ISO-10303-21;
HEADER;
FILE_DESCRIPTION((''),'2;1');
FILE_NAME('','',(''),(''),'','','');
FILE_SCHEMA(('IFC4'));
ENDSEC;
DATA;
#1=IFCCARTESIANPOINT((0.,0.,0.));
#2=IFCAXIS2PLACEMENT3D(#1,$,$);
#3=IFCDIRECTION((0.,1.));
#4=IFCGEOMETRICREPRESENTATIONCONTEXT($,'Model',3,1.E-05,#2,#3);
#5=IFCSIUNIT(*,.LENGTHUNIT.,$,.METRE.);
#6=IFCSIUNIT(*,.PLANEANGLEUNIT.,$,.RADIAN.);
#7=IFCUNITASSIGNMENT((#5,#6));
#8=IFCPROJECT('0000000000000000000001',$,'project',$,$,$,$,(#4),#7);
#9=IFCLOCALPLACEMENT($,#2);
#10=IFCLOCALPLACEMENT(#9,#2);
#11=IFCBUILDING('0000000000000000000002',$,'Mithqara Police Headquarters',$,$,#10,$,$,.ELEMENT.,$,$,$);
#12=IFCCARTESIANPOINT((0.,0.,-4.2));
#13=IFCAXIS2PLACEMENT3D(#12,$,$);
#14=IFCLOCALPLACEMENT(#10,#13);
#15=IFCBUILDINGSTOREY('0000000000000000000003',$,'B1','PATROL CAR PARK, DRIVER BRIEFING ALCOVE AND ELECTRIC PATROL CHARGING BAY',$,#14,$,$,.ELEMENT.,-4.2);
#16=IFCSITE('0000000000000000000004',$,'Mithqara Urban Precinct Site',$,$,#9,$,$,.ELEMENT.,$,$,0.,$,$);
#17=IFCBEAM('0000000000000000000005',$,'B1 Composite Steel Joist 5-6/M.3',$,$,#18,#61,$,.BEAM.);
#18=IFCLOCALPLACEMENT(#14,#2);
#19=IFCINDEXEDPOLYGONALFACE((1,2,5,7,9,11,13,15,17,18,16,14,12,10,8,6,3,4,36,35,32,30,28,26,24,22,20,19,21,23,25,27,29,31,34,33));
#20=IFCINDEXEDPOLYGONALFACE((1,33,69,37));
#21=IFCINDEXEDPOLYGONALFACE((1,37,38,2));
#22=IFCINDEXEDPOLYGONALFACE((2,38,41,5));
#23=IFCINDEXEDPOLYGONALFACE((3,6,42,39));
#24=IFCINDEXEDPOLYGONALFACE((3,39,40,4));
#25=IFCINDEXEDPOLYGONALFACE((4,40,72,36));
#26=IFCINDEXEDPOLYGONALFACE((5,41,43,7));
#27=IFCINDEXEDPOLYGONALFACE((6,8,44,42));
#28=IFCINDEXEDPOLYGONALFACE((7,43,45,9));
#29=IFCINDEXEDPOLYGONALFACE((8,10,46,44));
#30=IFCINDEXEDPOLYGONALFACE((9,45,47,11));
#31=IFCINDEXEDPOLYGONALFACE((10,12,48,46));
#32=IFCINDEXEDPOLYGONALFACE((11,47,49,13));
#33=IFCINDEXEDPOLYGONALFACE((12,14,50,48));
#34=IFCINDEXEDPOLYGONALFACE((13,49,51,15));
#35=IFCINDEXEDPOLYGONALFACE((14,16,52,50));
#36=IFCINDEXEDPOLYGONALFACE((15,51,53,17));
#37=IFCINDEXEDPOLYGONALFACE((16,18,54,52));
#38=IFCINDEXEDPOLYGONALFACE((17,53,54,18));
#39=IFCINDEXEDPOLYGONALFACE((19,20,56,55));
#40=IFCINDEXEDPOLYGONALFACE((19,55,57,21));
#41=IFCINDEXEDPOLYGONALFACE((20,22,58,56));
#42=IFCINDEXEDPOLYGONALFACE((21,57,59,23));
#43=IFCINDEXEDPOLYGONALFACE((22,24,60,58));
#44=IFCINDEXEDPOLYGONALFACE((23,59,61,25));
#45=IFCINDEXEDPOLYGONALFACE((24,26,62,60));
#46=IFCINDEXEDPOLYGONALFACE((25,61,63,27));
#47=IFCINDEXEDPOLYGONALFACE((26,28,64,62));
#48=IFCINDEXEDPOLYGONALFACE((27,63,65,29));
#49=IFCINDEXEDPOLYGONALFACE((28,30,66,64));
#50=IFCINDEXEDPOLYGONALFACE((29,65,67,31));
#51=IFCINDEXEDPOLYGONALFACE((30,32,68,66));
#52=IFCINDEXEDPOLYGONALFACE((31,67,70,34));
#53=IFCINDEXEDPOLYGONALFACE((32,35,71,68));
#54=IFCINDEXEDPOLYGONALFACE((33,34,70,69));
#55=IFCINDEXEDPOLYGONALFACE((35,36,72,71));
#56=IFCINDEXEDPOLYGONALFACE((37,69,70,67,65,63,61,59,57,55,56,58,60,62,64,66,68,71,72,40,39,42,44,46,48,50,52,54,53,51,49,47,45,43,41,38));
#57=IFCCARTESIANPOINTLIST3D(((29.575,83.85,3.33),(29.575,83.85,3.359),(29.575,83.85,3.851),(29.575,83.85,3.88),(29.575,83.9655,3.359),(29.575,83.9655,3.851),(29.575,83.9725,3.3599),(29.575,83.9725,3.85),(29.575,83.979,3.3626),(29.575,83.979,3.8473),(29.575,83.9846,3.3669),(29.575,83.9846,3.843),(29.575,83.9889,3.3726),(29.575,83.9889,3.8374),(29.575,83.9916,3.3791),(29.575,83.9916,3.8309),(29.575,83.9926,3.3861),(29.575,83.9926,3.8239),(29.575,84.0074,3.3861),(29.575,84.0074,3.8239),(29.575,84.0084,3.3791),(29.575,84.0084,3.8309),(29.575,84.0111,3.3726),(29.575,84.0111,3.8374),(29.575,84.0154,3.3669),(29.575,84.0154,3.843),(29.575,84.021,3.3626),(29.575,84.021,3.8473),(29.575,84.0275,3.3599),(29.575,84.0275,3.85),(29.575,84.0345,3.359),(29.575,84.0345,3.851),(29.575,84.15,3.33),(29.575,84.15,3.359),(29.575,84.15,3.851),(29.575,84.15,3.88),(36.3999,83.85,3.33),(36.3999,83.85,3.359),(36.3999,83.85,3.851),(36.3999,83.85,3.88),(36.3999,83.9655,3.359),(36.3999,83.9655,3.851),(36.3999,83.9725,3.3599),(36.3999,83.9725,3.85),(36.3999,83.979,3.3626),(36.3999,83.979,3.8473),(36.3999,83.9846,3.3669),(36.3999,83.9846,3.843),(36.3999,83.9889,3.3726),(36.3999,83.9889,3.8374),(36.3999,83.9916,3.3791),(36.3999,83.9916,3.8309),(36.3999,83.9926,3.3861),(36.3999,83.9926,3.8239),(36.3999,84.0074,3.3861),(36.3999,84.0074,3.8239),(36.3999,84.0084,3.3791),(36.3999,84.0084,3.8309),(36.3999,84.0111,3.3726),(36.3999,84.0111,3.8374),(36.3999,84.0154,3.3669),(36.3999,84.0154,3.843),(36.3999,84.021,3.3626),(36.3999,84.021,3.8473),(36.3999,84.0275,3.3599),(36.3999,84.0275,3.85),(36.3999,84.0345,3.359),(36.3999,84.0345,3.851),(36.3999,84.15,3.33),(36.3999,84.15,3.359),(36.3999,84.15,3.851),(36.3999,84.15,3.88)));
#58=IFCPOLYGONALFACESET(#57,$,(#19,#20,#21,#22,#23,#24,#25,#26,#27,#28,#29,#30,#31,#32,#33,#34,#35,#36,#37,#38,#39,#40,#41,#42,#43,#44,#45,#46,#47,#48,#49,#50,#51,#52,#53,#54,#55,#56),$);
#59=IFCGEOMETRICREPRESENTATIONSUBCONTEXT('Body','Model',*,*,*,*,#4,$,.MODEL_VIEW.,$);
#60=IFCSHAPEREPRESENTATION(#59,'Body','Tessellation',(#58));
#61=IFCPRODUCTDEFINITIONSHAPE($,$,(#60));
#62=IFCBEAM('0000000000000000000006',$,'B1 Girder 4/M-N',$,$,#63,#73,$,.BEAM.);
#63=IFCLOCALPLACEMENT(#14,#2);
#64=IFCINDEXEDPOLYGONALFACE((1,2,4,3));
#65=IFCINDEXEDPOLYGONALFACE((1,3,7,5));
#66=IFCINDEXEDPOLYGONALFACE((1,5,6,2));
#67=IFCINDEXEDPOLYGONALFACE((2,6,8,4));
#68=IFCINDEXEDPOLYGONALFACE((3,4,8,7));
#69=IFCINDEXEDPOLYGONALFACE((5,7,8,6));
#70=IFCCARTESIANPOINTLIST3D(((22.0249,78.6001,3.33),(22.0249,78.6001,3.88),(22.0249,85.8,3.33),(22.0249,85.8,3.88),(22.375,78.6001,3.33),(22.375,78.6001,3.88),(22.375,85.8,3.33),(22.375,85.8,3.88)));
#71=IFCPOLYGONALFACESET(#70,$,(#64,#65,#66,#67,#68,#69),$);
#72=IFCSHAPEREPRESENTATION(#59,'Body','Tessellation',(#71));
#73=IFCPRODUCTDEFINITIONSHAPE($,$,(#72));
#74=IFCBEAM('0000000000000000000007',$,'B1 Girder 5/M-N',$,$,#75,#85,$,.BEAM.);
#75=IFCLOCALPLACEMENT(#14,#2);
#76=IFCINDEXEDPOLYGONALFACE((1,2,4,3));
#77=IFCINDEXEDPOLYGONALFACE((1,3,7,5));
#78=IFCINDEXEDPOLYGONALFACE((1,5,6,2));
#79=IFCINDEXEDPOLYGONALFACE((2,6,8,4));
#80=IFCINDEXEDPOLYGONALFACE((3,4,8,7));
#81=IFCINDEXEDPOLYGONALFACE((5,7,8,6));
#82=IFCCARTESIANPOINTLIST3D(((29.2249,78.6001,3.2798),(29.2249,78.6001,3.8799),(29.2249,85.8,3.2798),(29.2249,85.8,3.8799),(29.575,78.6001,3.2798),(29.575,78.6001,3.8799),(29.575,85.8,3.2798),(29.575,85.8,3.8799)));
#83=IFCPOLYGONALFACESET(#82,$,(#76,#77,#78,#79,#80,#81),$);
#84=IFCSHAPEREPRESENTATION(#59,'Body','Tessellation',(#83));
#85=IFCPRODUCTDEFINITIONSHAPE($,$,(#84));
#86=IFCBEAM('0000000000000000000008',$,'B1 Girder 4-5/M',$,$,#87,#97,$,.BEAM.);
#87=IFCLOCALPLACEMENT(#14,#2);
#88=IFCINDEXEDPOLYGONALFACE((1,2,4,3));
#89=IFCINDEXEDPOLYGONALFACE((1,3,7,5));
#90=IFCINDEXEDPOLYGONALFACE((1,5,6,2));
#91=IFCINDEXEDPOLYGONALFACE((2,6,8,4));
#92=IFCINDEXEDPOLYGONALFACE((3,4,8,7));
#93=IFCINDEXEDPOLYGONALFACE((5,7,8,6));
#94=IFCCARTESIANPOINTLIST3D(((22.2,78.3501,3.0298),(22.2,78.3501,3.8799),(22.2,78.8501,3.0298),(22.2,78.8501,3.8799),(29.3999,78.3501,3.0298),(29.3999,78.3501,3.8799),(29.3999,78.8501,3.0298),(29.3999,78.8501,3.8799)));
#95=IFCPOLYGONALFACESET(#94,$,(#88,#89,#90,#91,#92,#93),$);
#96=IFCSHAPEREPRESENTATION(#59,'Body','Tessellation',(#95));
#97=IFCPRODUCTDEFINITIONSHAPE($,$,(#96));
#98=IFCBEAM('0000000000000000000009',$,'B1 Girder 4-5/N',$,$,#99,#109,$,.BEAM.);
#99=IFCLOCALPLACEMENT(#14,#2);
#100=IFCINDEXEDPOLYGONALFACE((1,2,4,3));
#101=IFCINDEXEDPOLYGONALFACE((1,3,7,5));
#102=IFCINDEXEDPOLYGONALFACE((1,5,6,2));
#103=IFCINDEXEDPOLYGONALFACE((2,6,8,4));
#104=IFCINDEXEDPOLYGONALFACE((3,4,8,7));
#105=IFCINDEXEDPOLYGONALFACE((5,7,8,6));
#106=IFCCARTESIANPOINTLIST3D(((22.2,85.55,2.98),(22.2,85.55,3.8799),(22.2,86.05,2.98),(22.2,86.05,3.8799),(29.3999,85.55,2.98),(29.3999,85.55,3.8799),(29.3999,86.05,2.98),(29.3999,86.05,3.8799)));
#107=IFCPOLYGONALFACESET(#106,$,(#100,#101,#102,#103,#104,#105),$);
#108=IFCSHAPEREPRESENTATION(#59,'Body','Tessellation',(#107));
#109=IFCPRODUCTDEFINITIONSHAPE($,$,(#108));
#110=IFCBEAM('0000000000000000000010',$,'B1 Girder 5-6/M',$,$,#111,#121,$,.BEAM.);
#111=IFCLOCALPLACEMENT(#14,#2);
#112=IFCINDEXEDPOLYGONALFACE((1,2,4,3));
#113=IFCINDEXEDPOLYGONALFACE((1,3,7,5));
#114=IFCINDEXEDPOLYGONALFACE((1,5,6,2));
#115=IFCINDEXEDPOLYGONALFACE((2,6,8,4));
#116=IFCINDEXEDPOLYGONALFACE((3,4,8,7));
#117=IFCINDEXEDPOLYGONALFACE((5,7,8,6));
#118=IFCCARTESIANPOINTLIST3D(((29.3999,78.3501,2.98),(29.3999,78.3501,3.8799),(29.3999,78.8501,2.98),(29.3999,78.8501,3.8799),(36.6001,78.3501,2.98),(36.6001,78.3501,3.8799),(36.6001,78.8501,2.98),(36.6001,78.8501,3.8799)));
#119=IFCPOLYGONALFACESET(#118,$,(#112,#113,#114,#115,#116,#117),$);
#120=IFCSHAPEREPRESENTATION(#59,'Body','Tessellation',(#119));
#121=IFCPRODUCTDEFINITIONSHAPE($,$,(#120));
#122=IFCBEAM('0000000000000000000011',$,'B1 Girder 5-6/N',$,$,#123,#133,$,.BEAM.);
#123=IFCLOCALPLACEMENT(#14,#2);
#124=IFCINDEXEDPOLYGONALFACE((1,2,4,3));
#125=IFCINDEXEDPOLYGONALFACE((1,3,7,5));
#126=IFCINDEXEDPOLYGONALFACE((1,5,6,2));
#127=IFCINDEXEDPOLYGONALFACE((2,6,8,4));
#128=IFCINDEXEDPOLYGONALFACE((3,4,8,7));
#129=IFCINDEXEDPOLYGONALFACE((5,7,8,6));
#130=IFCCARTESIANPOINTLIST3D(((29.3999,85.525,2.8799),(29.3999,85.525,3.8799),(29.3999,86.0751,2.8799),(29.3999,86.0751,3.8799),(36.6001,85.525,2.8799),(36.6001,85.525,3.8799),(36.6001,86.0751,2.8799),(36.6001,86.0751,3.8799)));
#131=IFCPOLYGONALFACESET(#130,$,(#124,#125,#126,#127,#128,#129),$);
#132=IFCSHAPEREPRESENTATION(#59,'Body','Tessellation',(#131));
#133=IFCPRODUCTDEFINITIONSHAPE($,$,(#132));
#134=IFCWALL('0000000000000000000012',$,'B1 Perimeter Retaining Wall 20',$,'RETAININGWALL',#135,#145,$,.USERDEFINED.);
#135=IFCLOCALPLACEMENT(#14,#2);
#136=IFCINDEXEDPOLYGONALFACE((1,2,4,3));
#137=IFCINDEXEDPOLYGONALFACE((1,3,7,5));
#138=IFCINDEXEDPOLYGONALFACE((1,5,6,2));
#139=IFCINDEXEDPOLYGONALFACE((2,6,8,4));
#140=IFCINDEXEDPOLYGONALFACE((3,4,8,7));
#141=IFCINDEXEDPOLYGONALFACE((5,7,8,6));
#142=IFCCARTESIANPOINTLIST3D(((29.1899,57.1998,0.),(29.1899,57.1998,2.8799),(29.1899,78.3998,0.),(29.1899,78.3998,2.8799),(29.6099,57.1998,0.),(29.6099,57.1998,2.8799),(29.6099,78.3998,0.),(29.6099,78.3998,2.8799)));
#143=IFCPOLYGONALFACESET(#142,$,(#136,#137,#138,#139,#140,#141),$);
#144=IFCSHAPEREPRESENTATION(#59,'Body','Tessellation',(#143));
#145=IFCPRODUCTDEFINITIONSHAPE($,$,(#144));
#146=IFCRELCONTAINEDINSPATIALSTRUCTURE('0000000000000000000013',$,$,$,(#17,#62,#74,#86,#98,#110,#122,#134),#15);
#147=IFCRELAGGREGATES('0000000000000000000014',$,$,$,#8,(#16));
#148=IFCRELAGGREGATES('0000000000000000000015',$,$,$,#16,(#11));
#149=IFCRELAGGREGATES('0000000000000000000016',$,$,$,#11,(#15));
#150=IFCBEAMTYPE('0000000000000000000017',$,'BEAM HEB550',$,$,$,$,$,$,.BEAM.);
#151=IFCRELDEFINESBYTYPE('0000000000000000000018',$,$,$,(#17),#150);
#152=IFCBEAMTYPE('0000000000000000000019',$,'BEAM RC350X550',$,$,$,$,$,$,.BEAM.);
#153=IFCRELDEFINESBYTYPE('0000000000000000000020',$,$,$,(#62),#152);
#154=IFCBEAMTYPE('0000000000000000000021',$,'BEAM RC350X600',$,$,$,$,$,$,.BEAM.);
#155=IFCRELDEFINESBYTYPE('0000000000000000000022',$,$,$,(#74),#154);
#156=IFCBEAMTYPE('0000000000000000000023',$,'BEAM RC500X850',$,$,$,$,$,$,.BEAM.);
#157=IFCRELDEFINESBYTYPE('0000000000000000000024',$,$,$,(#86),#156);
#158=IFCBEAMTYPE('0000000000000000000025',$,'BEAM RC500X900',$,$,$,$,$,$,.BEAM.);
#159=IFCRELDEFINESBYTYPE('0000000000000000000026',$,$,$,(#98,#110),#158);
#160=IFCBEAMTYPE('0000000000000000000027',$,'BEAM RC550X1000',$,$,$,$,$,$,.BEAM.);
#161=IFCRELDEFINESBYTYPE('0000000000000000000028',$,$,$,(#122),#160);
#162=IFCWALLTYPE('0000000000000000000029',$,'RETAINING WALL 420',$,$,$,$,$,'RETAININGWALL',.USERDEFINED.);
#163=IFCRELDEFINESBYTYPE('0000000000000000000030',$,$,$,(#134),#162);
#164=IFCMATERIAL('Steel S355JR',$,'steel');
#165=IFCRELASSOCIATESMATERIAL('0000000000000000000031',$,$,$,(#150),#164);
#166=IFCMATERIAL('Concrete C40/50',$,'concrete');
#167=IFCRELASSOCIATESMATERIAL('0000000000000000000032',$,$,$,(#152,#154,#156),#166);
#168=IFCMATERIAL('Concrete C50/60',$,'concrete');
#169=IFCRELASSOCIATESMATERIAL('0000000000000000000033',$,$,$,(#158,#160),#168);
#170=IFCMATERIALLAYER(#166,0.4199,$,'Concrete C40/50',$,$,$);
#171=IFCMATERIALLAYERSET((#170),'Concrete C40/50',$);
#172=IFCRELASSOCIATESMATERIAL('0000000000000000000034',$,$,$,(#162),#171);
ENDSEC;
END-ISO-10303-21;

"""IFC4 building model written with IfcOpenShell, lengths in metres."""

from ifc_helpers import new_model, si_unit, direction, frame, frame_2d, origin, origin_2d, place, context, subcontext, project, spatial, rectangle, i_section, extrude, material, layer, layer_set, material_profile, profile_set, type_object, element, save


model = new_model("IFC4")

# Units and contexts
model_context = context("Model", 3, precision=1e-05, world=origin(), true_north=direction((0.0, 1.0)))
body_context = subcontext(model_context, "Body", "Model", "MODEL_VIEW")
ifc_project = project(units=[si_unit("LENGTHUNIT", "METRE"), si_unit("PLANEANGLEUNIT", "RADIAN")], contexts=[model_context])

# Site, building, storey
site_placement = place(None, origin())
site = spatial("IfcSite", under=ifc_project, at=site_placement, Name="Mithqara Urban Precinct Site", CompositionType="ELEMENT", RefElevation=0.0)
building_placement = place(site_placement, origin())
building = spatial("IfcBuilding", under=site, at=building_placement, Name="Mithqara Police Headquarters", CompositionType="ELEMENT")
storey_placement = place(building_placement, frame((0.0, 0.0, -4.2)))
storey = spatial("IfcBuildingStorey", under=building, at=storey_placement, Name="B1", Description="PATROL CAR PARK, DRIVER BRIEFING ALCOVE AND ELECTRIC PATROL CHARGING BAY", CompositionType="ELEMENT", Elevation=-4.2)

# Shared definitions
ifc_material_1 = material(Name="Concrete C40/50", Category="concrete")

# Shared definitions
ifc_material_2 = material(Name="Concrete C50/60", Category="concrete")

# Beams
ifc_material_3 = material(Name="Steel S355JR", Category="steel")
ifc_material_profile_1 = material_profile(ifc_material_3, i_section(OverallWidth=0.3, OverallDepth=0.55, WebThickness=0.0149, FlangeThickness=0.0291, FilletRadius=0.0271, at=origin_2d()), Name="HEB 550")
ifc_profile_set_1 = profile_set([ifc_material_profile_1], Name="Steel S355JR")
beam_type_1 = type_object("IfcBeamType", Name="BEAM HEB550", PredefinedType="BEAM", material=ifc_profile_set_1)
for number, where, z_axis, x_axis, name in (
    (1, (29.575, 84.0, 3.605), (1.0, 0.0, 0.0), (0.0, 1.0, 0.0), "B1 Composite Steel Joist 5-6/M.3"),
):
    element("IfcBeam", number, at=place(storey_placement, frame(where, z_axis=z_axis, x_axis=x_axis)), inside=storey, type_object=beam_type_1, Name=name, PredefinedType="BEAM", context=body_context, shape_type="SweptSolid", body=[
        extrude(i_section(OverallWidth=0.3, OverallDepth=0.55, WebThickness=0.0149, FlangeThickness=0.0291, FilletRadius=0.0271, at=origin_2d()), origin(), (0.0, 0.0, 1.0), 6.825),
    ])
ifc_material_profile_2 = material_profile(ifc_material_1, rectangle(XDim=0.3501, YDim=0.55, at=origin_2d()), Name="RC 350x550")
ifc_profile_set_2 = profile_set([ifc_material_profile_2], Name="Concrete C40/50")
beam_type_2 = type_object("IfcBeamType", Name="BEAM RC350X550", PredefinedType="BEAM", material=ifc_profile_set_2)
beam_1_placement = place(storey_placement, frame((22.2, 78.6001, 3.605), z_axis=(0.0, 1.0, 0.0), x_axis=(-1.0, 0.0, 0.0)))
element("IfcBeam", 2, at=beam_1_placement, inside=storey, type_object=beam_type_2, Name="B1 Girder 4/M-N", PredefinedType="BEAM", context=body_context, shape_type="SweptSolid", body=[
    extrude(rectangle(XDim=0.3501, YDim=0.55, at=origin_2d()), origin(), (0.0, 0.0, 1.0), 7.2),
])
ifc_material_profile_3 = material_profile(ifc_material_1, rectangle(XDim=0.3501, YDim=0.6001, at=origin_2d()), Name="RC 350x600")
ifc_profile_set_3 = profile_set([ifc_material_profile_3], Name="Concrete C40/50")
beam_type_3 = type_object("IfcBeamType", Name="BEAM RC350X600", PredefinedType="BEAM", material=ifc_profile_set_3)
beam_2_placement = place(storey_placement, frame((29.3999, 78.6001, 3.5798), z_axis=(0.0, 1.0, 0.0), x_axis=(-1.0, 0.0, 0.0)))
element("IfcBeam", 3, at=beam_2_placement, inside=storey, type_object=beam_type_3, Name="B1 Girder 5/M-N", PredefinedType="BEAM", context=body_context, shape_type="SweptSolid", body=[
    extrude(rectangle(XDim=0.3501, YDim=0.6001, at=origin_2d()), origin(), (0.0, 0.0, 1.0), 7.2),
])
ifc_material_profile_4 = material_profile(ifc_material_1, rectangle(XDim=0.5, YDim=0.8501, at=origin_2d()), Name="RC 500x850")
ifc_profile_set_4 = profile_set([ifc_material_profile_4], Name="Concrete C40/50")
beam_type_4 = type_object("IfcBeamType", Name="BEAM RC500X850", PredefinedType="BEAM", material=ifc_profile_set_4)
beam_3_placement = place(storey_placement, frame((22.2, 78.6001, 3.4548), z_axis=(1.0, 0.0, 0.0), x_axis=(0.0, 1.0, 0.0)))
element("IfcBeam", 4, at=beam_3_placement, inside=storey, type_object=beam_type_4, Name="B1 Girder 4-5/M", PredefinedType="BEAM", context=body_context, shape_type="SweptSolid", body=[
    extrude(rectangle(XDim=0.5, YDim=0.8501, at=origin_2d()), origin(), (0.0, 0.0, 1.0), 7.2),
])
ifc_material_profile_5 = material_profile(ifc_material_2, rectangle(XDim=0.5, YDim=0.8999, at=origin_2d()), Name="RC 500x900")
ifc_profile_set_5 = profile_set([ifc_material_profile_5], Name="Concrete C50/60")
beam_type_5 = type_object("IfcBeamType", Name="BEAM RC500X900", PredefinedType="BEAM", material=ifc_profile_set_5)
beam_4_placement = place(storey_placement, frame((22.2, 85.8, 3.4299), z_axis=(1.0, 0.0, 0.0), x_axis=(0.0, 1.0, 0.0)))
element("IfcBeam", 5, at=beam_4_placement, inside=storey, type_object=beam_type_5, Name="B1 Girder 4-5/N", PredefinedType="BEAM", context=body_context, shape_type="SweptSolid", body=[
    extrude(rectangle(XDim=0.5, YDim=0.8999, at=origin_2d()), origin(), (0.0, 0.0, 1.0), 7.2),
])
beam_5_placement = place(storey_placement, frame((29.3999, 78.6001, 3.4299), z_axis=(1.0, 0.0, 0.0), x_axis=(0.0, 1.0, 0.0)))
element("IfcBeam", 6, at=beam_5_placement, inside=storey, type_object=beam_type_5, Name="B1 Girder 5-6/M", PredefinedType="BEAM", context=body_context, shape_type="SweptSolid", body=[
    extrude(rectangle(XDim=0.5, YDim=0.8999, at=origin_2d()), origin(), (0.0, 0.0, 1.0), 7.2002),
])
ifc_material_profile_6 = material_profile(ifc_material_2, rectangle(XDim=0.55, YDim=1.0, at=origin_2d()), Name="RC 550x1000")
ifc_profile_set_6 = profile_set([ifc_material_profile_6], Name="Concrete C50/60")
beam_type_6 = type_object("IfcBeamType", Name="BEAM RC550X1000", PredefinedType="BEAM", material=ifc_profile_set_6)
beam_6_placement = place(storey_placement, frame((29.3999, 85.8, 3.3799), z_axis=(1.0, 0.0, 0.0), x_axis=(0.0, 1.0, 0.0)))
element("IfcBeam", 7, at=beam_6_placement, inside=storey, type_object=beam_type_6, Name="B1 Girder 5-6/N", PredefinedType="BEAM", context=body_context, shape_type="SweptSolid", body=[
    extrude(rectangle(XDim=0.55, YDim=1.0, at=origin_2d()), origin(), (0.0, 0.0, 1.0), 7.2002),
])

# Wall
ifc_layer = layer(ifc_material_1, 0.4199, Name="Concrete C40/50")
ifc_layer_set = layer_set([ifc_layer], Name="Concrete C40/50")
wall_type = type_object("IfcWallType", Name="RETAINING WALL 420", ElementType="RETAININGWALL", PredefinedType="USERDEFINED", material=ifc_layer_set)
wall_placement = place(storey_placement, frame((29.3999, 78.3999, 0.0), z_axis=(0.0, 0.0, 1.0), x_axis=(0.0, -1.0, 0.0)))
element("IfcWall", 8, at=wall_placement, inside=storey, type_object=wall_type, Name="B1 Perimeter Retaining Wall 20", ObjectType="RETAININGWALL", PredefinedType="USERDEFINED", context=body_context, shape_type="SweptSolid", body=[
    extrude(rectangle(XDim=21.2, YDim=0.4199, at=frame_2d((10.6001, 0.0))), origin(), (0.0, 0.0, 1.0), 2.8799),
])

save(model, "model.ifc")
